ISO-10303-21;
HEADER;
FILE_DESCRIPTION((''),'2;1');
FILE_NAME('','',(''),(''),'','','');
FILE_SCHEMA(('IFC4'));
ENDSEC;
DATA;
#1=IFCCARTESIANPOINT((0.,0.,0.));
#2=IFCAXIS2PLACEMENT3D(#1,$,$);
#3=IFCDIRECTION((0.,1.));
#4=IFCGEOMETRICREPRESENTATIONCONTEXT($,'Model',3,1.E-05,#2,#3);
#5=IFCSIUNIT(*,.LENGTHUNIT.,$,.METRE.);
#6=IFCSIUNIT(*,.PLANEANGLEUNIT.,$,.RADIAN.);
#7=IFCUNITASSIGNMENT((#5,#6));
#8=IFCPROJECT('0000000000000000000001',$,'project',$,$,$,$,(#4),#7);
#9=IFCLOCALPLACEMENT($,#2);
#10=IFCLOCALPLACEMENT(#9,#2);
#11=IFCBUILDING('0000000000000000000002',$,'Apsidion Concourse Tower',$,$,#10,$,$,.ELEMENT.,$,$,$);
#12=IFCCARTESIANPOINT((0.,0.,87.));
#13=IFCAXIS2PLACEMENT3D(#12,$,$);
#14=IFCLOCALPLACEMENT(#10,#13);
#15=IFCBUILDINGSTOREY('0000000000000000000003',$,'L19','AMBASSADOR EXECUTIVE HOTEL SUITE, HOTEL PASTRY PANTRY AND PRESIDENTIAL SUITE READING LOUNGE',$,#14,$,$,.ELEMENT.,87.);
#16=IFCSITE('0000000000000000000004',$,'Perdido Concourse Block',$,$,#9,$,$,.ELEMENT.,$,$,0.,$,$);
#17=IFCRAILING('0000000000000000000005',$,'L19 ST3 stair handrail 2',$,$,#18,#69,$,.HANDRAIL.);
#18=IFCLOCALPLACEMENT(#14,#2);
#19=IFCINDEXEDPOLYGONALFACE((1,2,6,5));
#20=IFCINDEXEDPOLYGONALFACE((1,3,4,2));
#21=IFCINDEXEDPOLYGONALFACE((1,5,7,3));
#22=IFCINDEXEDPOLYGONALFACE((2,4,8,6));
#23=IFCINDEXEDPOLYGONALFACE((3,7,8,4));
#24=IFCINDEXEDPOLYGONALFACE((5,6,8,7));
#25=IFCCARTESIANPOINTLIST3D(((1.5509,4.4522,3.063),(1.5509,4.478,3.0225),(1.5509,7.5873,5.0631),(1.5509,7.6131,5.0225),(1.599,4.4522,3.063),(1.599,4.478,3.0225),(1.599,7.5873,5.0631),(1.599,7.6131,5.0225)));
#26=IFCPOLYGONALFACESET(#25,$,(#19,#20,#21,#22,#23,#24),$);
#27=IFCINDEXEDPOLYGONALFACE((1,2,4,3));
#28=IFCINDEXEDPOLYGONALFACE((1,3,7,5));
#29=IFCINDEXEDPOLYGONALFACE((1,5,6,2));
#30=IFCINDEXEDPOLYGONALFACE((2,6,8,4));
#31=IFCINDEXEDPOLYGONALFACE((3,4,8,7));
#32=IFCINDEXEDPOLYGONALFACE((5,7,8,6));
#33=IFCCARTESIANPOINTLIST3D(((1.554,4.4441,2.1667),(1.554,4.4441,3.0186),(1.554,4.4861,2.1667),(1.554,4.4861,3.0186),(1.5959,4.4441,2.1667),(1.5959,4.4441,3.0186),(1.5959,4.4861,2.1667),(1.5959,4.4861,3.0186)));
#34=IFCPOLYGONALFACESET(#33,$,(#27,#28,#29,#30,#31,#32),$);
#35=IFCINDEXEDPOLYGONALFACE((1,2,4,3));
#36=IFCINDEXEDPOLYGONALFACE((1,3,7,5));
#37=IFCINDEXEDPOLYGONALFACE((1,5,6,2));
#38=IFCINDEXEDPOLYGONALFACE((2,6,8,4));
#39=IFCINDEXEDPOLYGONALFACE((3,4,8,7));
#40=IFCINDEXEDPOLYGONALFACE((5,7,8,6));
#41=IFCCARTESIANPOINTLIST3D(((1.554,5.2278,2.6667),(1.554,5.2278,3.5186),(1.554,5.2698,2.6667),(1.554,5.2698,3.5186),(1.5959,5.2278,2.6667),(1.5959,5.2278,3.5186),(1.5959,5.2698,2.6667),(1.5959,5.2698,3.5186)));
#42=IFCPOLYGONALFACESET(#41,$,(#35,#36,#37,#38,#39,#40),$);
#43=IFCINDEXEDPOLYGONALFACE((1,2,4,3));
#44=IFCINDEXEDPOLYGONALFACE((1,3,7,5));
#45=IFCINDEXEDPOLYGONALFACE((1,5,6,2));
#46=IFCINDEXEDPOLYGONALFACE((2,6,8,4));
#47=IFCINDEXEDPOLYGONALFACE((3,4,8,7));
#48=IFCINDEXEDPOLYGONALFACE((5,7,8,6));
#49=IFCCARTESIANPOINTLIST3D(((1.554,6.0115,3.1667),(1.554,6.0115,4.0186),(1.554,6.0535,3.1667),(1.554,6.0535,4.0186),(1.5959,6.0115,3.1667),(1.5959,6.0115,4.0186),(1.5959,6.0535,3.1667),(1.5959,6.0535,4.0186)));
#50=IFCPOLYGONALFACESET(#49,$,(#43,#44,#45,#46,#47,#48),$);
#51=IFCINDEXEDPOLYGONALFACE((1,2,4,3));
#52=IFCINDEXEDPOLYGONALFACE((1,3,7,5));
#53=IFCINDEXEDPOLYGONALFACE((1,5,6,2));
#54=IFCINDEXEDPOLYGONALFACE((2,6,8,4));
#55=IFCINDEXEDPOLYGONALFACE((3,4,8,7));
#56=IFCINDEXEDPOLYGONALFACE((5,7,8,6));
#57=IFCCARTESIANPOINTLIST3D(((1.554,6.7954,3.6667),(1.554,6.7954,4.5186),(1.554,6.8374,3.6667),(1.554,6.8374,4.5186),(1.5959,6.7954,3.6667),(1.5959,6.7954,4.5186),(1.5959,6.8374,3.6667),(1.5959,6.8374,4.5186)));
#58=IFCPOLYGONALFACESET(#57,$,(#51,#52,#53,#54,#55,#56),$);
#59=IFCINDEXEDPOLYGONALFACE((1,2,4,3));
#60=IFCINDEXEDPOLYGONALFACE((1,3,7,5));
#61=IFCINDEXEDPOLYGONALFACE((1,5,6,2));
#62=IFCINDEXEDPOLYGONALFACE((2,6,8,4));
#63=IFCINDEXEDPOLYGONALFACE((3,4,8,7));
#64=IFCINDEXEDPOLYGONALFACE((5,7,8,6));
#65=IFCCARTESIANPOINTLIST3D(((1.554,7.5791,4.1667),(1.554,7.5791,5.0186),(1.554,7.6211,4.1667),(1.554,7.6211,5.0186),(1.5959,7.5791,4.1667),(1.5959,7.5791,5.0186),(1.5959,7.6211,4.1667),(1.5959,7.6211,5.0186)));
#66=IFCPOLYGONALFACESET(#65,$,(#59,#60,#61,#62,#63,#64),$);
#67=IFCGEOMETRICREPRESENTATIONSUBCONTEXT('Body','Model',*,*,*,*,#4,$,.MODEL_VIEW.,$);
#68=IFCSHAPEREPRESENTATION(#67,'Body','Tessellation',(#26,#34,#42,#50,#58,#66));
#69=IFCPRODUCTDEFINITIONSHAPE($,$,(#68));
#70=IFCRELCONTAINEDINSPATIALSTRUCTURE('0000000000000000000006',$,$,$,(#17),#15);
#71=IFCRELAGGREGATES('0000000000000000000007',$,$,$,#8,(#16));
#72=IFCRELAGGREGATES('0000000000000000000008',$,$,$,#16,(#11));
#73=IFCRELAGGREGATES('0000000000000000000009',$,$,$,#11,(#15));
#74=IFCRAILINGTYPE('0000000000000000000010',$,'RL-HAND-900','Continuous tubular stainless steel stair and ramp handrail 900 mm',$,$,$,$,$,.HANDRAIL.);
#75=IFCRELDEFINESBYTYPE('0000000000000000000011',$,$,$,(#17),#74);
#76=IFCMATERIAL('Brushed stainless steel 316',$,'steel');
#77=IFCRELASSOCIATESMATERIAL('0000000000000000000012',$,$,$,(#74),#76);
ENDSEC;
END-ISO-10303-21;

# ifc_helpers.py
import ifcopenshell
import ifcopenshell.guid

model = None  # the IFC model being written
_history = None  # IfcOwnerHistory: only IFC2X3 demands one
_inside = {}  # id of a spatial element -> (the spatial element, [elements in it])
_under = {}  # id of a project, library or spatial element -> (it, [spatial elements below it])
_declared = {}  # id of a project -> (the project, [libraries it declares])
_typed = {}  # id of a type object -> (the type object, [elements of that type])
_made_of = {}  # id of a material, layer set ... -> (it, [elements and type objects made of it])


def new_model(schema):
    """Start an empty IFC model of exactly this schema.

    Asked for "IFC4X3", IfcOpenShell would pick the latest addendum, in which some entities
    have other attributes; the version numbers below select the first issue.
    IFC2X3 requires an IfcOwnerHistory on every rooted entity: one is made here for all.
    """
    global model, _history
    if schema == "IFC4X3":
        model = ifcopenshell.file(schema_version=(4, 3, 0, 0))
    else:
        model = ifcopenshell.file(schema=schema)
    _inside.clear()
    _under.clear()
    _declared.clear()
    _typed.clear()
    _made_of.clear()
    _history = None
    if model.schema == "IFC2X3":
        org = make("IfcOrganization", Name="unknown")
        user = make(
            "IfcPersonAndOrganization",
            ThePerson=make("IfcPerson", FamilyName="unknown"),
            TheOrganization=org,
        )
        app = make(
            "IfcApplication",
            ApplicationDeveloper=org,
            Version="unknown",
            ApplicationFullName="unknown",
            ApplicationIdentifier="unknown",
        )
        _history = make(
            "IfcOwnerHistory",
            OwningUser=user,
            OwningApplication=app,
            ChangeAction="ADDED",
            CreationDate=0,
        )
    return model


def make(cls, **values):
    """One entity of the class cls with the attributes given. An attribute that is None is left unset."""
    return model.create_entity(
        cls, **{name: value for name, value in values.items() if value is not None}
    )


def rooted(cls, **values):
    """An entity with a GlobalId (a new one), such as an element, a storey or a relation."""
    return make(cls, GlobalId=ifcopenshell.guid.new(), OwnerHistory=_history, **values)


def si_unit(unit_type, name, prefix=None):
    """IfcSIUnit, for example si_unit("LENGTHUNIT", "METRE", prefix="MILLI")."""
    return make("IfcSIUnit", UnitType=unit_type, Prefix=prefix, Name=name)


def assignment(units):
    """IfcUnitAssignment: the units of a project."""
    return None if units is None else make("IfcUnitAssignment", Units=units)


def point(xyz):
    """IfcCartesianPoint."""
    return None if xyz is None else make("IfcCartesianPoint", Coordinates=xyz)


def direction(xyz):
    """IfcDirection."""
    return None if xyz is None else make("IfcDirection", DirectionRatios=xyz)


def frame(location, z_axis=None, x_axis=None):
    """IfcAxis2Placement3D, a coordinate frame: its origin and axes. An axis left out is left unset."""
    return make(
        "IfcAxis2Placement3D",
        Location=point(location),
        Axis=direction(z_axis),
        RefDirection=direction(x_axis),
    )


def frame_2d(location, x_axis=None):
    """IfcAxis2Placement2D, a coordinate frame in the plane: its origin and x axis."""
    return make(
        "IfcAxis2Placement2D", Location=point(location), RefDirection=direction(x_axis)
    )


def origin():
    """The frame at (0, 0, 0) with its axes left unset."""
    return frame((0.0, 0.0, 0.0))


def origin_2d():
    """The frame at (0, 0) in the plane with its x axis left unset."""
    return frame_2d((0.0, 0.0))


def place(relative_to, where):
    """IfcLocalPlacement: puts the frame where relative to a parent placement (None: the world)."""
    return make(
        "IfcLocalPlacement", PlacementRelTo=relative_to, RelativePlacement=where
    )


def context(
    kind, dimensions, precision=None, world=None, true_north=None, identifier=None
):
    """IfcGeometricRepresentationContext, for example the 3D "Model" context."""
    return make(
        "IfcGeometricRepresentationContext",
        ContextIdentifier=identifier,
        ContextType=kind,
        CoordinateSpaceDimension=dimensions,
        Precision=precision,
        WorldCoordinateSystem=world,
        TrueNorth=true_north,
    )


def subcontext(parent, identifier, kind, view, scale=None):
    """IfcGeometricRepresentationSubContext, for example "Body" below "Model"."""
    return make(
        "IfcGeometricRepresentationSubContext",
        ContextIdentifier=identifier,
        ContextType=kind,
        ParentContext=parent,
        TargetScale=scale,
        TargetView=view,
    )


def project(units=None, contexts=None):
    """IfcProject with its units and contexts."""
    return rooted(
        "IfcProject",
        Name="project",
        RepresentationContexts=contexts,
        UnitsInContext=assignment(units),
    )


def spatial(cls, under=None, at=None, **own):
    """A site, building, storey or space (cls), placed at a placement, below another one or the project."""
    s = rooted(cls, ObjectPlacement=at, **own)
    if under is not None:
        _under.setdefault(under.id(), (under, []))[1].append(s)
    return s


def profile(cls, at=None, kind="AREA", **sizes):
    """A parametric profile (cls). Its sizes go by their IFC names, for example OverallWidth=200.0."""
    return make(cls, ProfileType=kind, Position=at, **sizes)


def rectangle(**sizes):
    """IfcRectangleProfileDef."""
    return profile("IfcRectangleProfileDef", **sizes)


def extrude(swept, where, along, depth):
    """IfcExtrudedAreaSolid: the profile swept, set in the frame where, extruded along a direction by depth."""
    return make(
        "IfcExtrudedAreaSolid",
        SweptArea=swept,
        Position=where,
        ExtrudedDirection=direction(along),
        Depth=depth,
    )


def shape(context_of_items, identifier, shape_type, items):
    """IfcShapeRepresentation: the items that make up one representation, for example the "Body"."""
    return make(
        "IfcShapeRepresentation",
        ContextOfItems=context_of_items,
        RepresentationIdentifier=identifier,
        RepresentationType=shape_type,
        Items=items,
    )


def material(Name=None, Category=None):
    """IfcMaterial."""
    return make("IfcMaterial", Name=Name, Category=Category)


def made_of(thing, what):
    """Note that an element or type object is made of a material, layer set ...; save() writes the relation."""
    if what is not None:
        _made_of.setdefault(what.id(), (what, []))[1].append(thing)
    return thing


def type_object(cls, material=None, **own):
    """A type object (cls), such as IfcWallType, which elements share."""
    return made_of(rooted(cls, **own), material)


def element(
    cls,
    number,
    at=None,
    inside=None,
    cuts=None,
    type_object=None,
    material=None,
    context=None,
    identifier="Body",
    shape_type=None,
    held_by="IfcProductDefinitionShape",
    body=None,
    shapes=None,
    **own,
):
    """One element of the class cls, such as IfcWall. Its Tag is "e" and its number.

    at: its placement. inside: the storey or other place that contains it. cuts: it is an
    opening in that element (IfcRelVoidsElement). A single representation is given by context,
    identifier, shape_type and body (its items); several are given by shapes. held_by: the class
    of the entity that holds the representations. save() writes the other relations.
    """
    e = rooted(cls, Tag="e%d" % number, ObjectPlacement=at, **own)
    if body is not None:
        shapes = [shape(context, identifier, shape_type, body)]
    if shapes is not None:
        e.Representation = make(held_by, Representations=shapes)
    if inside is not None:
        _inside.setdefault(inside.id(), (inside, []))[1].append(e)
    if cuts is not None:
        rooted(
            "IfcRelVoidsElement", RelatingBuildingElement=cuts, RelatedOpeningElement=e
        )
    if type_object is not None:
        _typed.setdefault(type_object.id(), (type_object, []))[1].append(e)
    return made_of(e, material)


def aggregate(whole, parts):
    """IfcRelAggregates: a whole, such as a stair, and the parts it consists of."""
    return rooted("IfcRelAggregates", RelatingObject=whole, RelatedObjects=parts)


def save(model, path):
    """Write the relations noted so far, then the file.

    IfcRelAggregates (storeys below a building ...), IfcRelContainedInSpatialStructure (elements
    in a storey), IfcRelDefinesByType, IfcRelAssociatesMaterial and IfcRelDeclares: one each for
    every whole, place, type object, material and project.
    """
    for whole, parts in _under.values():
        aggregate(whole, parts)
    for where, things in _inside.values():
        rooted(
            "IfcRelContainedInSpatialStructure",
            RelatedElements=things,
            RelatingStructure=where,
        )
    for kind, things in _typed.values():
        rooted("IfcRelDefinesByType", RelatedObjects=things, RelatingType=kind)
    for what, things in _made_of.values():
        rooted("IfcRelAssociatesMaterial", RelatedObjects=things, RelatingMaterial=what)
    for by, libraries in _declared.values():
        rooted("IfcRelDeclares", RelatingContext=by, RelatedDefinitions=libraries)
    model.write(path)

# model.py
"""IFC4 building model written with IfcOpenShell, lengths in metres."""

from ifc_helpers import new_model, si_unit, direction, frame, origin, origin_2d, place, context, subcontext, project, spatial, rectangle, extrude, material, type_object, element, save


model = new_model("IFC4")

# Units and contexts
model_context = context("Model", 3, precision=1e-05, world=origin(), true_north=direction((0.0, 1.0)))
body_context = subcontext(model_context, "Body", "Model", "MODEL_VIEW")
ifc_project = project(units=[si_unit("LENGTHUNIT", "METRE"), si_unit("PLANEANGLEUNIT", "RADIAN")], contexts=[model_context])

# Site, building, storey
site_placement = place(None, origin())
site = spatial("IfcSite", under=ifc_project, at=site_placement, Name="Perdido Concourse Block", CompositionType="ELEMENT", RefElevation=0.0)
building_placement = place(site_placement, origin())
building = spatial("IfcBuilding", under=site, at=building_placement, Name="Apsidion Concourse Tower", CompositionType="ELEMENT")
storey_placement = place(building_placement, frame((0.0, 0.0, 87.0)))
storey = spatial("IfcBuildingStorey", under=building, at=storey_placement, Name="L19", Description="AMBASSADOR EXECUTIVE HOTEL SUITE, HOTEL PASTRY PANTRY AND PRESIDENTIAL SUITE READING LOUNGE", CompositionType="ELEMENT", Elevation=87.0)

# Railing
ifc_material_1 = material(Name="Brushed stainless steel 316", Category="steel")
railing_type_1 = type_object("IfcRailingType", Name="RL-HAND-900", Description="Continuous tubular stainless steel stair and ramp handrail 900 mm", PredefinedType="HANDRAIL", material=ifc_material_1)
railing_1_placement = place(storey_placement, frame((1.575, 4.4651, 2.1667)))
element("IfcRailing", 1, at=railing_1_placement, inside=storey, type_object=railing_type_1, Name="L19 ST3 stair handrail 2", PredefinedType="HANDRAIL", context=body_context, shape_type="SweptSolid", body=[
    extrude(rectangle(XDim=0.0481, YDim=0.0481, at=origin_2d()), frame((0.0, 0.0, 0.876), z_axis=(0.0, 0.843053, 0.537831), x_axis=(-1.0, 0.0, 0.0)), (0.0, 0.0, 1.0), 3.7188),
    extrude(rectangle(XDim=0.042, YDim=0.042, at=origin_2d()), origin(), (0.0, 0.0, 1.0), 0.8518),
    extrude(rectangle(XDim=0.042, YDim=0.042, at=origin_2d()), frame((0.0, 0.7837, 0.5)), (0.0, 0.0, 1.0), 0.8518),
    extrude(rectangle(XDim=0.042, YDim=0.042, at=origin_2d()), frame((0.0, 1.5674, 1.0)), (0.0, 0.0, 1.0), 0.8518),
    extrude(rectangle(XDim=0.042, YDim=0.042, at=origin_2d()), frame((0.0, 2.3513, 1.5)), (0.0, 0.0, 1.0), 0.8518),
    extrude(rectangle(XDim=0.042, YDim=0.042, at=origin_2d()), frame((0.0, 3.135, 2.0)), (0.0, 0.0, 1.0), 0.8518),
])

save(model, "model.ifc")
